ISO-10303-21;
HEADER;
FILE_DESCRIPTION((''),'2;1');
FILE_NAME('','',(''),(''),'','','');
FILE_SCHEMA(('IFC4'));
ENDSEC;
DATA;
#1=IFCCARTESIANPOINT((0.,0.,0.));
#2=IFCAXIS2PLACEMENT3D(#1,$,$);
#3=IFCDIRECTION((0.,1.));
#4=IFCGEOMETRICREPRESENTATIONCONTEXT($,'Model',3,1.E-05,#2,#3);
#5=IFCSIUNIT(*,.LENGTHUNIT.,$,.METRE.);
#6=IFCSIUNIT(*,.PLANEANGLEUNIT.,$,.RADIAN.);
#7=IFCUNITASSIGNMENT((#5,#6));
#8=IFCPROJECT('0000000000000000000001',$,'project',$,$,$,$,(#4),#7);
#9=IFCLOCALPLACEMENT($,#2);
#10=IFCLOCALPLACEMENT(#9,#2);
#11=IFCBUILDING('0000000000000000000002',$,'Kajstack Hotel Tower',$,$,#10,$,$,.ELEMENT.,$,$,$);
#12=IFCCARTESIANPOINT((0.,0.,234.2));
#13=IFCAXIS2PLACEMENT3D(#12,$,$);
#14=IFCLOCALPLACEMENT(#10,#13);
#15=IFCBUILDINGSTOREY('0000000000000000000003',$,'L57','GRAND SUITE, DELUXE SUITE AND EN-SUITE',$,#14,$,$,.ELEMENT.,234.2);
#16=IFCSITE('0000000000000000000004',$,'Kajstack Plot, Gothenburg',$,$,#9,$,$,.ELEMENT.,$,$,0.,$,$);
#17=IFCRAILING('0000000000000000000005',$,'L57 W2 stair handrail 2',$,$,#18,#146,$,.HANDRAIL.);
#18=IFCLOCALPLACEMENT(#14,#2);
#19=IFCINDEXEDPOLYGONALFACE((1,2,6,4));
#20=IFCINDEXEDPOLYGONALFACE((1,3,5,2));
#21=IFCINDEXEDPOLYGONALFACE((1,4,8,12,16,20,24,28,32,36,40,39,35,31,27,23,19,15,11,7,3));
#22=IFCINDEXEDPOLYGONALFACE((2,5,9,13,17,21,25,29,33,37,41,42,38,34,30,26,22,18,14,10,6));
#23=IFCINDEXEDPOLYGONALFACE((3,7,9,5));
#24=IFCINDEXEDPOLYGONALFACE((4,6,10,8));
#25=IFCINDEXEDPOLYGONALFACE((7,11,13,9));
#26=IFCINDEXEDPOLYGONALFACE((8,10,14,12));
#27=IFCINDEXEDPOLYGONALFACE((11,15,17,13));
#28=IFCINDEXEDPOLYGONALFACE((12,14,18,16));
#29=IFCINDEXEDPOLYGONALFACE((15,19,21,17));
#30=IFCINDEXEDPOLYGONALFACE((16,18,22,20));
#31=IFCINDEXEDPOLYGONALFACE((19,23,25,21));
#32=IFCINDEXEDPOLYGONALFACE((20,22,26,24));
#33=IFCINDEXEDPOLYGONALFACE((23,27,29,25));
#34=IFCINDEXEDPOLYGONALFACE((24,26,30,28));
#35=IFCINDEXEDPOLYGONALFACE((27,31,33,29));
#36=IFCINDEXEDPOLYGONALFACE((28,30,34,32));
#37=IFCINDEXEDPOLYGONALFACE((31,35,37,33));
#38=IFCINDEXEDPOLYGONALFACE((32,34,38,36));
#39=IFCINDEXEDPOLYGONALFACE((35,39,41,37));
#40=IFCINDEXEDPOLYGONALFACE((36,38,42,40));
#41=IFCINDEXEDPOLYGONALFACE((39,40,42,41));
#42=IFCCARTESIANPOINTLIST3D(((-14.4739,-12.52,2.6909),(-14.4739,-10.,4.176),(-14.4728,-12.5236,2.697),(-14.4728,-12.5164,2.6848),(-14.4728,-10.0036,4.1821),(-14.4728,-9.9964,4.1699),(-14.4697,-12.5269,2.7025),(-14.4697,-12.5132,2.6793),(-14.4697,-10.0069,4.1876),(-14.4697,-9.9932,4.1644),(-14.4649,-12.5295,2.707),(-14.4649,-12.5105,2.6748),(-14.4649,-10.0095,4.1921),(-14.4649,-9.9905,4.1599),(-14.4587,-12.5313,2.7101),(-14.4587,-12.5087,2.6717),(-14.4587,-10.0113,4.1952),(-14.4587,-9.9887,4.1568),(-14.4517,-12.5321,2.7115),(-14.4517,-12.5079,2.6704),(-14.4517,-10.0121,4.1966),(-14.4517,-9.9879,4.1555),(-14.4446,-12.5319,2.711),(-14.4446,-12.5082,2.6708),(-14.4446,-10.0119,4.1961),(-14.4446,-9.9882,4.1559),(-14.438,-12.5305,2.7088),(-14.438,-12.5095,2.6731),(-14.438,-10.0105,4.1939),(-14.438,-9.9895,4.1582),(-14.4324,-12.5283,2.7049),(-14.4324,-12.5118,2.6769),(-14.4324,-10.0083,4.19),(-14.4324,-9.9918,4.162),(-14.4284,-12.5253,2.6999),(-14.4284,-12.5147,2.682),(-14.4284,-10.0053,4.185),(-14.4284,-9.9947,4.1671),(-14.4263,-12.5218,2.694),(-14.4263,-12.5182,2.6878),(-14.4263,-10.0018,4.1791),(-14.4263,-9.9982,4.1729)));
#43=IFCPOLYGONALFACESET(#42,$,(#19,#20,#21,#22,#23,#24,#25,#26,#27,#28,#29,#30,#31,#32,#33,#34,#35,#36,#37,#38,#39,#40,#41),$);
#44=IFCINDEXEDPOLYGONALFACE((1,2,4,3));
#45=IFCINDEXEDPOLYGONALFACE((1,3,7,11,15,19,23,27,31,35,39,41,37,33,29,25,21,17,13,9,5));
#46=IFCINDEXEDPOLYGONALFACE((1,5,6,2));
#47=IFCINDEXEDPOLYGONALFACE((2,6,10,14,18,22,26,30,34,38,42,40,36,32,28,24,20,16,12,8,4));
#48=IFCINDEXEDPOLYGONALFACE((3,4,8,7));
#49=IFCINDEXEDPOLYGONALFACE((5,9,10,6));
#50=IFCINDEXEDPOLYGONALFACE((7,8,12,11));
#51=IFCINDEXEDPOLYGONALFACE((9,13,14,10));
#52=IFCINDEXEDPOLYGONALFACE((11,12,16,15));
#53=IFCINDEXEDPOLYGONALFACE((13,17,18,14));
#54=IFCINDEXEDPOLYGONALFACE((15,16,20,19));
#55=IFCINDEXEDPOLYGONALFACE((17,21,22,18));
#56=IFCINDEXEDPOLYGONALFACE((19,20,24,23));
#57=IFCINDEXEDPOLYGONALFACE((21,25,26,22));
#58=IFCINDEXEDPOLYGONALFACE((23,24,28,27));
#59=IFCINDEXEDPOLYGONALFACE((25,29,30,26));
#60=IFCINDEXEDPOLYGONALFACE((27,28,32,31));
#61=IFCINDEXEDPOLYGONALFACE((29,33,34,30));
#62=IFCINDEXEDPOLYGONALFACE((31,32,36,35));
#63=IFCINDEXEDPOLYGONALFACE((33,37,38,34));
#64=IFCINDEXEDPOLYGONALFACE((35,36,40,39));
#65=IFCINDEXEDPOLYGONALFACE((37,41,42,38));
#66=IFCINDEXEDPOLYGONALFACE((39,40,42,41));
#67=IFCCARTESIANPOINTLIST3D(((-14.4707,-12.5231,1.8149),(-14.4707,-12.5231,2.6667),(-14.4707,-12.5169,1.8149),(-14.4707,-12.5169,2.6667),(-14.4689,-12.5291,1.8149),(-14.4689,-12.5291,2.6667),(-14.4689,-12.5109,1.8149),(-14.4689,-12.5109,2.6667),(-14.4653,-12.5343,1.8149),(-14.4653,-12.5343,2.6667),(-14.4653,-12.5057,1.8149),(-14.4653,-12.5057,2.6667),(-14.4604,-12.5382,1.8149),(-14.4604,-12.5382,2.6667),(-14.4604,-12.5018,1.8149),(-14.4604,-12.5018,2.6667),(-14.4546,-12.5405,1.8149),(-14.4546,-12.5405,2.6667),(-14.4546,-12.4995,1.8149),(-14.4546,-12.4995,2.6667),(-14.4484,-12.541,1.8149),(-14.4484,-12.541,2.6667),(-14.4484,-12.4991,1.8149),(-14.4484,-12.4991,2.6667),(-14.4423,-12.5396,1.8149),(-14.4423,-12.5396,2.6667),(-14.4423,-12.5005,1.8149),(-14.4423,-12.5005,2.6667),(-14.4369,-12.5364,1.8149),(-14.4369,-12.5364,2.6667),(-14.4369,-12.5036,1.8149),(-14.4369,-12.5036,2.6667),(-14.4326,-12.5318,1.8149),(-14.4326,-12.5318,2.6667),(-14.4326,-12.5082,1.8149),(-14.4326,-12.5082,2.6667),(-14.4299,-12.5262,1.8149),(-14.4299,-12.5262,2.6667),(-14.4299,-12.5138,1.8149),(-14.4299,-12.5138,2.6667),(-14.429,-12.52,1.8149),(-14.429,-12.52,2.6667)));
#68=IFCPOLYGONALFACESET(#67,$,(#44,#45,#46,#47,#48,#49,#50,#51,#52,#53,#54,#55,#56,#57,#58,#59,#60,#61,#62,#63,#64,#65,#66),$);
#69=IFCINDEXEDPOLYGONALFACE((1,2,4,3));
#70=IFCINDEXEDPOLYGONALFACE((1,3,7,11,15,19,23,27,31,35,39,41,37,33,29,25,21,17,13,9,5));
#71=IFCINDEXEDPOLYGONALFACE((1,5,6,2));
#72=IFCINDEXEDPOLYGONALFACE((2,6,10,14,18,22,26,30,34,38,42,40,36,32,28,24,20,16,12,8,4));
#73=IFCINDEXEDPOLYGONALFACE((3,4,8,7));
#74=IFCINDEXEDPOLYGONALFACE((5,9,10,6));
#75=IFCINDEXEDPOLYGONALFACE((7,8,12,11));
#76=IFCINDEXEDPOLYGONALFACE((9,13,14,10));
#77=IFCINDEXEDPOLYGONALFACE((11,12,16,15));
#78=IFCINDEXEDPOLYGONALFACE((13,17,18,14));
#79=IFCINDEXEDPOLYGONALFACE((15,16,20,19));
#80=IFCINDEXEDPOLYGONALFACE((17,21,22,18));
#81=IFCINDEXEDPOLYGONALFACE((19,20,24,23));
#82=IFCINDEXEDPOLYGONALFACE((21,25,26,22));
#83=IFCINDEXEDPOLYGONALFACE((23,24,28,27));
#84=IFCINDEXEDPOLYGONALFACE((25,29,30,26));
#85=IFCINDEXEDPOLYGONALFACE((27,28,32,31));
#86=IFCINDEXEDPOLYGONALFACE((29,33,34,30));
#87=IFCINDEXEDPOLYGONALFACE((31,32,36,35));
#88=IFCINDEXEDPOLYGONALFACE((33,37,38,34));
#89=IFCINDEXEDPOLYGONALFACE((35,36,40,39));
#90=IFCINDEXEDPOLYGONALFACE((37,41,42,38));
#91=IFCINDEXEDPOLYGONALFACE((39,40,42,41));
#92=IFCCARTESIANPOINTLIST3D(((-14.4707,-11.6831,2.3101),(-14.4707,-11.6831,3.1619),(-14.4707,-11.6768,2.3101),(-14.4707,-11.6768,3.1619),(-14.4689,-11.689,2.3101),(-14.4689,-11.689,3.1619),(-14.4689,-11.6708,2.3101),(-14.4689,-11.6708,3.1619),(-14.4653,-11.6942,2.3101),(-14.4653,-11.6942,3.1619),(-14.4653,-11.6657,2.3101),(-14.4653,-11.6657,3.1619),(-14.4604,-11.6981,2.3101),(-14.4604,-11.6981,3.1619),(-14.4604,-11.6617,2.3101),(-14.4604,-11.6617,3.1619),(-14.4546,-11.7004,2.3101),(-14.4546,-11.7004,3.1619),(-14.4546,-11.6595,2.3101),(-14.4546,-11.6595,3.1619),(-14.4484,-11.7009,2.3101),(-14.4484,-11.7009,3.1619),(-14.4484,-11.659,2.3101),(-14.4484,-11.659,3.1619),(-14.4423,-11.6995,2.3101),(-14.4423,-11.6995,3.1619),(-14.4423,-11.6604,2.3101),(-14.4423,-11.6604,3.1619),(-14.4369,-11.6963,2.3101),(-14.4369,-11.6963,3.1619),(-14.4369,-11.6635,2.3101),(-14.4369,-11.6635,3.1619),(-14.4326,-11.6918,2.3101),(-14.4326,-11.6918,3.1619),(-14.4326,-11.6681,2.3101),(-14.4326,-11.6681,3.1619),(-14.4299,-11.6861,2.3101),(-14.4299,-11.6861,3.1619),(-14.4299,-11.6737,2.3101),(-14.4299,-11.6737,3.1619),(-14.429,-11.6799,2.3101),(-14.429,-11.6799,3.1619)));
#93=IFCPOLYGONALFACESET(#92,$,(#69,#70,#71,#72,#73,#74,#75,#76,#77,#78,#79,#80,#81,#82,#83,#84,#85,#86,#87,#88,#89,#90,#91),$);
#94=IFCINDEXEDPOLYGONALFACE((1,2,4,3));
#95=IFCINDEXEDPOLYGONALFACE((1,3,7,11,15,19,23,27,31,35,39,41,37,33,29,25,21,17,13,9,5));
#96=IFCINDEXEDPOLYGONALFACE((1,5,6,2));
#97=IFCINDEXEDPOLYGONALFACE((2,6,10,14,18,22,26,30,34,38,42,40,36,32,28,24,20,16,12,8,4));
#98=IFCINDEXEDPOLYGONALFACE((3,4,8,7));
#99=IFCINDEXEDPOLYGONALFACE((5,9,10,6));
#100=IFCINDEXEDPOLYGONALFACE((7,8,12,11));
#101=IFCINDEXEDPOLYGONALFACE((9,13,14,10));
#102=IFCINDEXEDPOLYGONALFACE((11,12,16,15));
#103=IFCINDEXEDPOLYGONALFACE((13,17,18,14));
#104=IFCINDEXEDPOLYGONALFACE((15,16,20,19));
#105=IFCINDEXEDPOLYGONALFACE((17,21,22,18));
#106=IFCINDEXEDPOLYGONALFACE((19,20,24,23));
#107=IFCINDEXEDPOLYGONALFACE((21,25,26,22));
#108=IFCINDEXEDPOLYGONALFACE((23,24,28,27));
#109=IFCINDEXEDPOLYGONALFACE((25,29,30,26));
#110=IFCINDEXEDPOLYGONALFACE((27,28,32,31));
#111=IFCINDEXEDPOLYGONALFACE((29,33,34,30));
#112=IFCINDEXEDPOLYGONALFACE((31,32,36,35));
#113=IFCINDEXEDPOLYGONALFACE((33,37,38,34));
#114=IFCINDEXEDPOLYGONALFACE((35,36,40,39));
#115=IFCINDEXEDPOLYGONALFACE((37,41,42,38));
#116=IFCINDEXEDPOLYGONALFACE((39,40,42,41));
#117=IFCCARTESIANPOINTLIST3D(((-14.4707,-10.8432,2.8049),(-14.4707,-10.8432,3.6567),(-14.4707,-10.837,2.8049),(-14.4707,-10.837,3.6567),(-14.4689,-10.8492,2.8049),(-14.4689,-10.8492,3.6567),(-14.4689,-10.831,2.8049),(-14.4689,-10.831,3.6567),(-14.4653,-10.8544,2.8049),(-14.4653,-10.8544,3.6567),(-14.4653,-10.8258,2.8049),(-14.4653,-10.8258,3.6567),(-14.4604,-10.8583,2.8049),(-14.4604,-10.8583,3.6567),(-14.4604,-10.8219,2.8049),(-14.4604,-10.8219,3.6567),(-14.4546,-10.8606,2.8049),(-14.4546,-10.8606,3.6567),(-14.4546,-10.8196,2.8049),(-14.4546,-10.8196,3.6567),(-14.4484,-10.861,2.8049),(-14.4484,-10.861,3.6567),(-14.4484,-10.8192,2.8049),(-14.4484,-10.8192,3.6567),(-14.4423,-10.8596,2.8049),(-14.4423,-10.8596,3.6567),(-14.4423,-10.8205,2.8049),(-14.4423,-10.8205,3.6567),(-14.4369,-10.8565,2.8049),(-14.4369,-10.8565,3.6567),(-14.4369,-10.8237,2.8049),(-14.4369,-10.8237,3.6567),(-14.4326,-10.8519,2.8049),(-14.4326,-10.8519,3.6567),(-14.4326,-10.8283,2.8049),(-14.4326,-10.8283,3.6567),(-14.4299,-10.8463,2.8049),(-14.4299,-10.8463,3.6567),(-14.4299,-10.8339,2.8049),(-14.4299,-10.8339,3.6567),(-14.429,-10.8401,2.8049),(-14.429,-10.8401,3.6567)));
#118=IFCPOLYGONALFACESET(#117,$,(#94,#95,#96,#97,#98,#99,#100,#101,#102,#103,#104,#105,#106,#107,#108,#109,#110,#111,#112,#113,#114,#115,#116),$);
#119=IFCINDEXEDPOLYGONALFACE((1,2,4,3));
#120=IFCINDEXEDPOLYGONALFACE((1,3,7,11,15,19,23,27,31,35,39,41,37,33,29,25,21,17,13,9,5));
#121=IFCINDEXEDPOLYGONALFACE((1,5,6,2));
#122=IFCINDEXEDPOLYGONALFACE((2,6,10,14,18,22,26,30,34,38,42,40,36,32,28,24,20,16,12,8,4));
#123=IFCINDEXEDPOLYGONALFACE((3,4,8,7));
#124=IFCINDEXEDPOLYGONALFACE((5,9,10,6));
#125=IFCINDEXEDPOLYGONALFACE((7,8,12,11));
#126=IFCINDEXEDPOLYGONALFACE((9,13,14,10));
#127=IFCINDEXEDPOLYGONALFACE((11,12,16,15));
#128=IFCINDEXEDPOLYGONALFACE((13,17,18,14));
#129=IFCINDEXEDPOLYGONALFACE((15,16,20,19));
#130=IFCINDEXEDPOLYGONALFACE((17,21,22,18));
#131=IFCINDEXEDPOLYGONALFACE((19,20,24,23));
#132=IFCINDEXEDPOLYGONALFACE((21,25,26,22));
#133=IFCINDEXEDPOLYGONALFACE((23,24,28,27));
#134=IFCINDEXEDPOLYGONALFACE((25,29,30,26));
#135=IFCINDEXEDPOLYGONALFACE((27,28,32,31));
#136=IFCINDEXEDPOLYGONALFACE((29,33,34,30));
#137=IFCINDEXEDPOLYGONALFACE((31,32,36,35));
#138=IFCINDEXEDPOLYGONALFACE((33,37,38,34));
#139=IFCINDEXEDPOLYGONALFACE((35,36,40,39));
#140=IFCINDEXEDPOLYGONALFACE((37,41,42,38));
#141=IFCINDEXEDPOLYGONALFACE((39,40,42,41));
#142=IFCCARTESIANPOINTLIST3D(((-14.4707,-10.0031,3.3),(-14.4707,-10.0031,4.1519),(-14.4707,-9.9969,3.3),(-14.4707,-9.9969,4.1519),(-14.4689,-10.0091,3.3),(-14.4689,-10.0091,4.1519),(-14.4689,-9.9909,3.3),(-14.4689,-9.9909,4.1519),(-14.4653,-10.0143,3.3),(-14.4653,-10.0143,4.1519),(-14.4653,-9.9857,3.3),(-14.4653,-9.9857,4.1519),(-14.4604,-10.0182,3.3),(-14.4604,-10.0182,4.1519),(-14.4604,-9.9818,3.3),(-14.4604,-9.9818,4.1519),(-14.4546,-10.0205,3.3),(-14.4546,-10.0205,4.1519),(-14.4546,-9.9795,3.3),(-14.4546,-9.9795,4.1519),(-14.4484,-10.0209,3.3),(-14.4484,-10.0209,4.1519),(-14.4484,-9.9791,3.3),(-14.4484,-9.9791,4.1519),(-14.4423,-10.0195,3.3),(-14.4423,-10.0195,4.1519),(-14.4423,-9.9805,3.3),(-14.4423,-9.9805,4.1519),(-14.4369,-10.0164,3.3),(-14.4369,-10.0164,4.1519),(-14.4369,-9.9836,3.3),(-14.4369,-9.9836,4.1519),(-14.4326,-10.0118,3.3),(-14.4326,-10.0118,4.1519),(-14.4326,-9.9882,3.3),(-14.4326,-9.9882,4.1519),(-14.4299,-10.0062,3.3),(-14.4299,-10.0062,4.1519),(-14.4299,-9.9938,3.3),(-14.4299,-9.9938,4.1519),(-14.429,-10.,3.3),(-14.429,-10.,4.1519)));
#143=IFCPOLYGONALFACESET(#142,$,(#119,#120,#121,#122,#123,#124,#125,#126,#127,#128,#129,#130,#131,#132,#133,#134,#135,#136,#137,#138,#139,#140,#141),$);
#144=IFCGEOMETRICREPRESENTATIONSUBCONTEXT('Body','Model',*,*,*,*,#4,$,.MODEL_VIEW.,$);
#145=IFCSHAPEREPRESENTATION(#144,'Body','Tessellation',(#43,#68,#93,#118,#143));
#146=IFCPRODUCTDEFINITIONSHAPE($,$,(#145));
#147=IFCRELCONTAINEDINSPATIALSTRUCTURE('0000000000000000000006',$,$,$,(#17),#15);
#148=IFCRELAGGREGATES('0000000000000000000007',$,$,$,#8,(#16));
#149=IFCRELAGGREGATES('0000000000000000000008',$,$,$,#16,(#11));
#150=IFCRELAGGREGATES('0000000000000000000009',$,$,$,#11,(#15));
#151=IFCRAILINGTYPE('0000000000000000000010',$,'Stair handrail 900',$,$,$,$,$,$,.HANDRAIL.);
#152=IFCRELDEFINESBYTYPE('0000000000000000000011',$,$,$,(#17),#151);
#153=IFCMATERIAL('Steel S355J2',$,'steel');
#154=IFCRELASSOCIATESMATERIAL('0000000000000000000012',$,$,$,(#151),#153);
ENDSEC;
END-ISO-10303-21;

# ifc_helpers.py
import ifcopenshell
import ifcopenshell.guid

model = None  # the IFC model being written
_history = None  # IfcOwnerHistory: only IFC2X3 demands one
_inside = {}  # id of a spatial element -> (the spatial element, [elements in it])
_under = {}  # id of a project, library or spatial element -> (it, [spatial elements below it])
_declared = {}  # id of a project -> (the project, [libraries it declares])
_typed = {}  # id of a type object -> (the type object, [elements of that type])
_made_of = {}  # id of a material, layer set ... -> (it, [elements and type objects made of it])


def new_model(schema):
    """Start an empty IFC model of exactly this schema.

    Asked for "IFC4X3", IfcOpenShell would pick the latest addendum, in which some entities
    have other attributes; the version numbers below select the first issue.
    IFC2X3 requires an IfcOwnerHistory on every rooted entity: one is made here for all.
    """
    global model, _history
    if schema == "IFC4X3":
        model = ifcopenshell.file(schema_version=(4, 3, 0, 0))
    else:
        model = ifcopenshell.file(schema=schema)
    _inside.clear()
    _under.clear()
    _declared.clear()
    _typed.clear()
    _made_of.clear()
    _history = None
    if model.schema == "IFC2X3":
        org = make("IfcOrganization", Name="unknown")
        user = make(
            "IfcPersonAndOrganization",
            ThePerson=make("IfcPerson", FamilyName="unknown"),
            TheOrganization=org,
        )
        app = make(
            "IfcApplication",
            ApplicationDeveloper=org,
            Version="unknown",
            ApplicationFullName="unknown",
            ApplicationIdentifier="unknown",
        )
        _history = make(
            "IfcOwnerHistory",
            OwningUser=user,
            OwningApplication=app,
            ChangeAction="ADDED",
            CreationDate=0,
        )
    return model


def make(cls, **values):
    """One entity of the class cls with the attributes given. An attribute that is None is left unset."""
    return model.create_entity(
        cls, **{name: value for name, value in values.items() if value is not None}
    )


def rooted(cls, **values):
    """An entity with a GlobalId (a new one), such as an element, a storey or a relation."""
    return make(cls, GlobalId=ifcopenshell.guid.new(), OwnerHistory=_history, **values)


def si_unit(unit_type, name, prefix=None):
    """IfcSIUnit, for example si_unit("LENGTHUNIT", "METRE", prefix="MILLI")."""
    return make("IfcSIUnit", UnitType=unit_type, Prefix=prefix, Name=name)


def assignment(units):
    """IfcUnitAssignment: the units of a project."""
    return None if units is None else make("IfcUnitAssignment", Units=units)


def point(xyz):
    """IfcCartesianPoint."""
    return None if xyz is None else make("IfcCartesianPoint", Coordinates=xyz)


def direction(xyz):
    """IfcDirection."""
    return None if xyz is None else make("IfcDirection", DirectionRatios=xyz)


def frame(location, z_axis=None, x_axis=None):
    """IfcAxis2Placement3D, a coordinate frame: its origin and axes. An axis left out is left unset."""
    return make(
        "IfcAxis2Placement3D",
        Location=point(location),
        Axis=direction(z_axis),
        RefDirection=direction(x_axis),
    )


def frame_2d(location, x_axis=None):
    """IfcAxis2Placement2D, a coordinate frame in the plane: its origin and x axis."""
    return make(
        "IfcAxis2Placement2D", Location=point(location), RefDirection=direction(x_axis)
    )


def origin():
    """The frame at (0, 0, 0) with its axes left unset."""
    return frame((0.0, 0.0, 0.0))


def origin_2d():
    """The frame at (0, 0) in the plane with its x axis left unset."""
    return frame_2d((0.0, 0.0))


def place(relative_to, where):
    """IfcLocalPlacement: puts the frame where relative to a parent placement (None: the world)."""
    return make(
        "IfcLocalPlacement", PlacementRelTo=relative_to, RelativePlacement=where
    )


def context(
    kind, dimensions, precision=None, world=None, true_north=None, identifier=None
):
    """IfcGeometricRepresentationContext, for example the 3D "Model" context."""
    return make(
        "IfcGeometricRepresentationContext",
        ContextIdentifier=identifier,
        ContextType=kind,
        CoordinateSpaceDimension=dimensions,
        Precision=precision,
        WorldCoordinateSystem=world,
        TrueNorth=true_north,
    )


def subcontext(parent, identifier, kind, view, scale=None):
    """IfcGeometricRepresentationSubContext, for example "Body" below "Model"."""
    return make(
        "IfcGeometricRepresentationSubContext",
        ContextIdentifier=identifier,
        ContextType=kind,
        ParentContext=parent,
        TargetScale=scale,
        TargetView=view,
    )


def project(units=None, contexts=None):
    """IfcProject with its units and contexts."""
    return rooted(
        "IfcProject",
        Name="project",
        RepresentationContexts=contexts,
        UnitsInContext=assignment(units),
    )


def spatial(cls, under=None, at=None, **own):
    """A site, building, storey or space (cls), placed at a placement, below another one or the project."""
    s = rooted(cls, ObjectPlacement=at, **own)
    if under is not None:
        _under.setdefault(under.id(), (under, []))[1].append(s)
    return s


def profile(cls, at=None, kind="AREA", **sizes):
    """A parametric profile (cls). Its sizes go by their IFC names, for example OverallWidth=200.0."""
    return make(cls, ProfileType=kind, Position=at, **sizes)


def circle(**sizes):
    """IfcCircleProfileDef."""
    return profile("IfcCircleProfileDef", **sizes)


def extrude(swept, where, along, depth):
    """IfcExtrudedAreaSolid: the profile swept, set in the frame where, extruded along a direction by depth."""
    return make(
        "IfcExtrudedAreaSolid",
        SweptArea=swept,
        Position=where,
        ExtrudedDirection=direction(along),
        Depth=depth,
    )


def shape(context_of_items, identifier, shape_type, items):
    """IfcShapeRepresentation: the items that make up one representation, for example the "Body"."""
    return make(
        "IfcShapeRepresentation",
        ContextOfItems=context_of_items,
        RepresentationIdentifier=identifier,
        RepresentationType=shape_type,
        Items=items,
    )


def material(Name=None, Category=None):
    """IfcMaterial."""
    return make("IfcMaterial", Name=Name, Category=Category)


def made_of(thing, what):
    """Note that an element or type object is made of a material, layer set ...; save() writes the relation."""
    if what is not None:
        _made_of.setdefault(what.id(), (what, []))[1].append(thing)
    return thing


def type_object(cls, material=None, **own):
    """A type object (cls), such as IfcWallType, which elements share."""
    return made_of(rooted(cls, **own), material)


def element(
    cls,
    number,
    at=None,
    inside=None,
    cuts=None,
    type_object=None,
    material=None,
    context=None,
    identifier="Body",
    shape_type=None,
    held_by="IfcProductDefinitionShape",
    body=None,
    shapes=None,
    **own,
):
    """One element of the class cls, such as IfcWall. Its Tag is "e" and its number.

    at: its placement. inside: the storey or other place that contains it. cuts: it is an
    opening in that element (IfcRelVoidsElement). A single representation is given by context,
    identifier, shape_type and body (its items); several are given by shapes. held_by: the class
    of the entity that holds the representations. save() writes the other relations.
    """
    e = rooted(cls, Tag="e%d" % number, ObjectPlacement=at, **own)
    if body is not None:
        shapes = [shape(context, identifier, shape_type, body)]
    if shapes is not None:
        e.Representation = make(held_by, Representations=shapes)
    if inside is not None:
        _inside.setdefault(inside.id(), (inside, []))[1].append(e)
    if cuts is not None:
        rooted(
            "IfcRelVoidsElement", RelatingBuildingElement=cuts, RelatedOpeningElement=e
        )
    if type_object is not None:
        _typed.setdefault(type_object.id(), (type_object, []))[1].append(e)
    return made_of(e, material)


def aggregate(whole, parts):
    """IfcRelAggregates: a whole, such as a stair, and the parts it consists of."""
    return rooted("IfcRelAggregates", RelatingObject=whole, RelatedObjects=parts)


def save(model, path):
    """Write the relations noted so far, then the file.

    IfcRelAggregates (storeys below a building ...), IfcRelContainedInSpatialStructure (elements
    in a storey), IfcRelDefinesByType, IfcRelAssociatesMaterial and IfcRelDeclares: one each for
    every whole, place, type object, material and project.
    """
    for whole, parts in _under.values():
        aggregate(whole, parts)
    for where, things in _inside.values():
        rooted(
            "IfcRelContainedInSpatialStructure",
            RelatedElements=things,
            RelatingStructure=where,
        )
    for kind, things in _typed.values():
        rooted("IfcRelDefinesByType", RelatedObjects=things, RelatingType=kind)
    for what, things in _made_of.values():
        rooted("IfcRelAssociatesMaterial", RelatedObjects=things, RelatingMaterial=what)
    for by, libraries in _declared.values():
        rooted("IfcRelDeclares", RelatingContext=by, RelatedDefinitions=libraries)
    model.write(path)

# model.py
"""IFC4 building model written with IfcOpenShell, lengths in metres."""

from ifc_helpers import new_model, si_unit, direction, frame, origin, origin_2d, place, context, subcontext, project, spatial, circle, extrude, material, type_object, element, save


model = new_model("IFC4")

# Units and contexts
model_context = context("Model", 3, precision=1e-05, world=origin(), true_north=direction((0.0, 1.0)))
body_context = subcontext(model_context, "Body", "Model", "MODEL_VIEW")
ifc_project = project(units=[si_unit("LENGTHUNIT", "METRE"), si_unit("PLANEANGLEUNIT", "RADIAN")], contexts=[model_context])

# Site, building, storey
site_placement = place(None, origin())
site = spatial("IfcSite", under=ifc_project, at=site_placement, Name="Kajstack Plot, Gothenburg", CompositionType="ELEMENT", RefElevation=0.0)
building_placement = place(site_placement, origin())
building = spatial("IfcBuilding", under=site, at=building_placement, Name="Kajstack Hotel Tower", CompositionType="ELEMENT")
storey_placement = place(building_placement, frame((0.0, 0.0, 234.2)))
storey = spatial("IfcBuildingStorey", under=building, at=storey_placement, Name="L57", Description="GRAND SUITE, DELUXE SUITE AND EN-SUITE", CompositionType="ELEMENT", Elevation=234.2)

# Railing
ifc_material_1 = material(Name="Steel S355J2", Category="steel")
railing_type_1 = type_object("IfcRailingType", Name="Stair handrail 900", PredefinedType="HANDRAIL", material=ifc_material_1)
railing_1_placement = place(storey_placement, frame((-14.45, -12.52, 1.8149)))
element("IfcRailing", 1, at=railing_1_placement, inside=storey, type_object=railing_type_1, Name="L57 W2 stair handrail 2", PredefinedType="HANDRAIL", context=body_context, shape_type="SweptSolid", body=[
    extrude(circle(Radius=0.0239, at=origin_2d()), frame((0.0, 0.0, 0.876), z_axis=(0.0, 0.861524, 0.507717), x_axis=(-1.0, 0.0, 0.0)), (0.0, 0.0, 1.0), 2.925),
    extrude(circle(Radius=0.021, at=origin_2d()), origin(), (0.0, 0.0, 1.0), 0.8518),
    extrude(circle(Radius=0.021, at=origin_2d()), frame((0.0, 0.8401, 0.4951)), (0.0, 0.0, 1.0), 0.8518),
    extrude(circle(Radius=0.021, at=origin_2d()), frame((0.0, 1.6799, 0.99)), (0.0, 0.0, 1.0), 0.8518),
    extrude(circle(Radius=0.021, at=origin_2d()), frame((0.0, 2.52, 1.4851)), (0.0, 0.0, 1.0), 0.8518),
])

save(model, "model.ifc")
